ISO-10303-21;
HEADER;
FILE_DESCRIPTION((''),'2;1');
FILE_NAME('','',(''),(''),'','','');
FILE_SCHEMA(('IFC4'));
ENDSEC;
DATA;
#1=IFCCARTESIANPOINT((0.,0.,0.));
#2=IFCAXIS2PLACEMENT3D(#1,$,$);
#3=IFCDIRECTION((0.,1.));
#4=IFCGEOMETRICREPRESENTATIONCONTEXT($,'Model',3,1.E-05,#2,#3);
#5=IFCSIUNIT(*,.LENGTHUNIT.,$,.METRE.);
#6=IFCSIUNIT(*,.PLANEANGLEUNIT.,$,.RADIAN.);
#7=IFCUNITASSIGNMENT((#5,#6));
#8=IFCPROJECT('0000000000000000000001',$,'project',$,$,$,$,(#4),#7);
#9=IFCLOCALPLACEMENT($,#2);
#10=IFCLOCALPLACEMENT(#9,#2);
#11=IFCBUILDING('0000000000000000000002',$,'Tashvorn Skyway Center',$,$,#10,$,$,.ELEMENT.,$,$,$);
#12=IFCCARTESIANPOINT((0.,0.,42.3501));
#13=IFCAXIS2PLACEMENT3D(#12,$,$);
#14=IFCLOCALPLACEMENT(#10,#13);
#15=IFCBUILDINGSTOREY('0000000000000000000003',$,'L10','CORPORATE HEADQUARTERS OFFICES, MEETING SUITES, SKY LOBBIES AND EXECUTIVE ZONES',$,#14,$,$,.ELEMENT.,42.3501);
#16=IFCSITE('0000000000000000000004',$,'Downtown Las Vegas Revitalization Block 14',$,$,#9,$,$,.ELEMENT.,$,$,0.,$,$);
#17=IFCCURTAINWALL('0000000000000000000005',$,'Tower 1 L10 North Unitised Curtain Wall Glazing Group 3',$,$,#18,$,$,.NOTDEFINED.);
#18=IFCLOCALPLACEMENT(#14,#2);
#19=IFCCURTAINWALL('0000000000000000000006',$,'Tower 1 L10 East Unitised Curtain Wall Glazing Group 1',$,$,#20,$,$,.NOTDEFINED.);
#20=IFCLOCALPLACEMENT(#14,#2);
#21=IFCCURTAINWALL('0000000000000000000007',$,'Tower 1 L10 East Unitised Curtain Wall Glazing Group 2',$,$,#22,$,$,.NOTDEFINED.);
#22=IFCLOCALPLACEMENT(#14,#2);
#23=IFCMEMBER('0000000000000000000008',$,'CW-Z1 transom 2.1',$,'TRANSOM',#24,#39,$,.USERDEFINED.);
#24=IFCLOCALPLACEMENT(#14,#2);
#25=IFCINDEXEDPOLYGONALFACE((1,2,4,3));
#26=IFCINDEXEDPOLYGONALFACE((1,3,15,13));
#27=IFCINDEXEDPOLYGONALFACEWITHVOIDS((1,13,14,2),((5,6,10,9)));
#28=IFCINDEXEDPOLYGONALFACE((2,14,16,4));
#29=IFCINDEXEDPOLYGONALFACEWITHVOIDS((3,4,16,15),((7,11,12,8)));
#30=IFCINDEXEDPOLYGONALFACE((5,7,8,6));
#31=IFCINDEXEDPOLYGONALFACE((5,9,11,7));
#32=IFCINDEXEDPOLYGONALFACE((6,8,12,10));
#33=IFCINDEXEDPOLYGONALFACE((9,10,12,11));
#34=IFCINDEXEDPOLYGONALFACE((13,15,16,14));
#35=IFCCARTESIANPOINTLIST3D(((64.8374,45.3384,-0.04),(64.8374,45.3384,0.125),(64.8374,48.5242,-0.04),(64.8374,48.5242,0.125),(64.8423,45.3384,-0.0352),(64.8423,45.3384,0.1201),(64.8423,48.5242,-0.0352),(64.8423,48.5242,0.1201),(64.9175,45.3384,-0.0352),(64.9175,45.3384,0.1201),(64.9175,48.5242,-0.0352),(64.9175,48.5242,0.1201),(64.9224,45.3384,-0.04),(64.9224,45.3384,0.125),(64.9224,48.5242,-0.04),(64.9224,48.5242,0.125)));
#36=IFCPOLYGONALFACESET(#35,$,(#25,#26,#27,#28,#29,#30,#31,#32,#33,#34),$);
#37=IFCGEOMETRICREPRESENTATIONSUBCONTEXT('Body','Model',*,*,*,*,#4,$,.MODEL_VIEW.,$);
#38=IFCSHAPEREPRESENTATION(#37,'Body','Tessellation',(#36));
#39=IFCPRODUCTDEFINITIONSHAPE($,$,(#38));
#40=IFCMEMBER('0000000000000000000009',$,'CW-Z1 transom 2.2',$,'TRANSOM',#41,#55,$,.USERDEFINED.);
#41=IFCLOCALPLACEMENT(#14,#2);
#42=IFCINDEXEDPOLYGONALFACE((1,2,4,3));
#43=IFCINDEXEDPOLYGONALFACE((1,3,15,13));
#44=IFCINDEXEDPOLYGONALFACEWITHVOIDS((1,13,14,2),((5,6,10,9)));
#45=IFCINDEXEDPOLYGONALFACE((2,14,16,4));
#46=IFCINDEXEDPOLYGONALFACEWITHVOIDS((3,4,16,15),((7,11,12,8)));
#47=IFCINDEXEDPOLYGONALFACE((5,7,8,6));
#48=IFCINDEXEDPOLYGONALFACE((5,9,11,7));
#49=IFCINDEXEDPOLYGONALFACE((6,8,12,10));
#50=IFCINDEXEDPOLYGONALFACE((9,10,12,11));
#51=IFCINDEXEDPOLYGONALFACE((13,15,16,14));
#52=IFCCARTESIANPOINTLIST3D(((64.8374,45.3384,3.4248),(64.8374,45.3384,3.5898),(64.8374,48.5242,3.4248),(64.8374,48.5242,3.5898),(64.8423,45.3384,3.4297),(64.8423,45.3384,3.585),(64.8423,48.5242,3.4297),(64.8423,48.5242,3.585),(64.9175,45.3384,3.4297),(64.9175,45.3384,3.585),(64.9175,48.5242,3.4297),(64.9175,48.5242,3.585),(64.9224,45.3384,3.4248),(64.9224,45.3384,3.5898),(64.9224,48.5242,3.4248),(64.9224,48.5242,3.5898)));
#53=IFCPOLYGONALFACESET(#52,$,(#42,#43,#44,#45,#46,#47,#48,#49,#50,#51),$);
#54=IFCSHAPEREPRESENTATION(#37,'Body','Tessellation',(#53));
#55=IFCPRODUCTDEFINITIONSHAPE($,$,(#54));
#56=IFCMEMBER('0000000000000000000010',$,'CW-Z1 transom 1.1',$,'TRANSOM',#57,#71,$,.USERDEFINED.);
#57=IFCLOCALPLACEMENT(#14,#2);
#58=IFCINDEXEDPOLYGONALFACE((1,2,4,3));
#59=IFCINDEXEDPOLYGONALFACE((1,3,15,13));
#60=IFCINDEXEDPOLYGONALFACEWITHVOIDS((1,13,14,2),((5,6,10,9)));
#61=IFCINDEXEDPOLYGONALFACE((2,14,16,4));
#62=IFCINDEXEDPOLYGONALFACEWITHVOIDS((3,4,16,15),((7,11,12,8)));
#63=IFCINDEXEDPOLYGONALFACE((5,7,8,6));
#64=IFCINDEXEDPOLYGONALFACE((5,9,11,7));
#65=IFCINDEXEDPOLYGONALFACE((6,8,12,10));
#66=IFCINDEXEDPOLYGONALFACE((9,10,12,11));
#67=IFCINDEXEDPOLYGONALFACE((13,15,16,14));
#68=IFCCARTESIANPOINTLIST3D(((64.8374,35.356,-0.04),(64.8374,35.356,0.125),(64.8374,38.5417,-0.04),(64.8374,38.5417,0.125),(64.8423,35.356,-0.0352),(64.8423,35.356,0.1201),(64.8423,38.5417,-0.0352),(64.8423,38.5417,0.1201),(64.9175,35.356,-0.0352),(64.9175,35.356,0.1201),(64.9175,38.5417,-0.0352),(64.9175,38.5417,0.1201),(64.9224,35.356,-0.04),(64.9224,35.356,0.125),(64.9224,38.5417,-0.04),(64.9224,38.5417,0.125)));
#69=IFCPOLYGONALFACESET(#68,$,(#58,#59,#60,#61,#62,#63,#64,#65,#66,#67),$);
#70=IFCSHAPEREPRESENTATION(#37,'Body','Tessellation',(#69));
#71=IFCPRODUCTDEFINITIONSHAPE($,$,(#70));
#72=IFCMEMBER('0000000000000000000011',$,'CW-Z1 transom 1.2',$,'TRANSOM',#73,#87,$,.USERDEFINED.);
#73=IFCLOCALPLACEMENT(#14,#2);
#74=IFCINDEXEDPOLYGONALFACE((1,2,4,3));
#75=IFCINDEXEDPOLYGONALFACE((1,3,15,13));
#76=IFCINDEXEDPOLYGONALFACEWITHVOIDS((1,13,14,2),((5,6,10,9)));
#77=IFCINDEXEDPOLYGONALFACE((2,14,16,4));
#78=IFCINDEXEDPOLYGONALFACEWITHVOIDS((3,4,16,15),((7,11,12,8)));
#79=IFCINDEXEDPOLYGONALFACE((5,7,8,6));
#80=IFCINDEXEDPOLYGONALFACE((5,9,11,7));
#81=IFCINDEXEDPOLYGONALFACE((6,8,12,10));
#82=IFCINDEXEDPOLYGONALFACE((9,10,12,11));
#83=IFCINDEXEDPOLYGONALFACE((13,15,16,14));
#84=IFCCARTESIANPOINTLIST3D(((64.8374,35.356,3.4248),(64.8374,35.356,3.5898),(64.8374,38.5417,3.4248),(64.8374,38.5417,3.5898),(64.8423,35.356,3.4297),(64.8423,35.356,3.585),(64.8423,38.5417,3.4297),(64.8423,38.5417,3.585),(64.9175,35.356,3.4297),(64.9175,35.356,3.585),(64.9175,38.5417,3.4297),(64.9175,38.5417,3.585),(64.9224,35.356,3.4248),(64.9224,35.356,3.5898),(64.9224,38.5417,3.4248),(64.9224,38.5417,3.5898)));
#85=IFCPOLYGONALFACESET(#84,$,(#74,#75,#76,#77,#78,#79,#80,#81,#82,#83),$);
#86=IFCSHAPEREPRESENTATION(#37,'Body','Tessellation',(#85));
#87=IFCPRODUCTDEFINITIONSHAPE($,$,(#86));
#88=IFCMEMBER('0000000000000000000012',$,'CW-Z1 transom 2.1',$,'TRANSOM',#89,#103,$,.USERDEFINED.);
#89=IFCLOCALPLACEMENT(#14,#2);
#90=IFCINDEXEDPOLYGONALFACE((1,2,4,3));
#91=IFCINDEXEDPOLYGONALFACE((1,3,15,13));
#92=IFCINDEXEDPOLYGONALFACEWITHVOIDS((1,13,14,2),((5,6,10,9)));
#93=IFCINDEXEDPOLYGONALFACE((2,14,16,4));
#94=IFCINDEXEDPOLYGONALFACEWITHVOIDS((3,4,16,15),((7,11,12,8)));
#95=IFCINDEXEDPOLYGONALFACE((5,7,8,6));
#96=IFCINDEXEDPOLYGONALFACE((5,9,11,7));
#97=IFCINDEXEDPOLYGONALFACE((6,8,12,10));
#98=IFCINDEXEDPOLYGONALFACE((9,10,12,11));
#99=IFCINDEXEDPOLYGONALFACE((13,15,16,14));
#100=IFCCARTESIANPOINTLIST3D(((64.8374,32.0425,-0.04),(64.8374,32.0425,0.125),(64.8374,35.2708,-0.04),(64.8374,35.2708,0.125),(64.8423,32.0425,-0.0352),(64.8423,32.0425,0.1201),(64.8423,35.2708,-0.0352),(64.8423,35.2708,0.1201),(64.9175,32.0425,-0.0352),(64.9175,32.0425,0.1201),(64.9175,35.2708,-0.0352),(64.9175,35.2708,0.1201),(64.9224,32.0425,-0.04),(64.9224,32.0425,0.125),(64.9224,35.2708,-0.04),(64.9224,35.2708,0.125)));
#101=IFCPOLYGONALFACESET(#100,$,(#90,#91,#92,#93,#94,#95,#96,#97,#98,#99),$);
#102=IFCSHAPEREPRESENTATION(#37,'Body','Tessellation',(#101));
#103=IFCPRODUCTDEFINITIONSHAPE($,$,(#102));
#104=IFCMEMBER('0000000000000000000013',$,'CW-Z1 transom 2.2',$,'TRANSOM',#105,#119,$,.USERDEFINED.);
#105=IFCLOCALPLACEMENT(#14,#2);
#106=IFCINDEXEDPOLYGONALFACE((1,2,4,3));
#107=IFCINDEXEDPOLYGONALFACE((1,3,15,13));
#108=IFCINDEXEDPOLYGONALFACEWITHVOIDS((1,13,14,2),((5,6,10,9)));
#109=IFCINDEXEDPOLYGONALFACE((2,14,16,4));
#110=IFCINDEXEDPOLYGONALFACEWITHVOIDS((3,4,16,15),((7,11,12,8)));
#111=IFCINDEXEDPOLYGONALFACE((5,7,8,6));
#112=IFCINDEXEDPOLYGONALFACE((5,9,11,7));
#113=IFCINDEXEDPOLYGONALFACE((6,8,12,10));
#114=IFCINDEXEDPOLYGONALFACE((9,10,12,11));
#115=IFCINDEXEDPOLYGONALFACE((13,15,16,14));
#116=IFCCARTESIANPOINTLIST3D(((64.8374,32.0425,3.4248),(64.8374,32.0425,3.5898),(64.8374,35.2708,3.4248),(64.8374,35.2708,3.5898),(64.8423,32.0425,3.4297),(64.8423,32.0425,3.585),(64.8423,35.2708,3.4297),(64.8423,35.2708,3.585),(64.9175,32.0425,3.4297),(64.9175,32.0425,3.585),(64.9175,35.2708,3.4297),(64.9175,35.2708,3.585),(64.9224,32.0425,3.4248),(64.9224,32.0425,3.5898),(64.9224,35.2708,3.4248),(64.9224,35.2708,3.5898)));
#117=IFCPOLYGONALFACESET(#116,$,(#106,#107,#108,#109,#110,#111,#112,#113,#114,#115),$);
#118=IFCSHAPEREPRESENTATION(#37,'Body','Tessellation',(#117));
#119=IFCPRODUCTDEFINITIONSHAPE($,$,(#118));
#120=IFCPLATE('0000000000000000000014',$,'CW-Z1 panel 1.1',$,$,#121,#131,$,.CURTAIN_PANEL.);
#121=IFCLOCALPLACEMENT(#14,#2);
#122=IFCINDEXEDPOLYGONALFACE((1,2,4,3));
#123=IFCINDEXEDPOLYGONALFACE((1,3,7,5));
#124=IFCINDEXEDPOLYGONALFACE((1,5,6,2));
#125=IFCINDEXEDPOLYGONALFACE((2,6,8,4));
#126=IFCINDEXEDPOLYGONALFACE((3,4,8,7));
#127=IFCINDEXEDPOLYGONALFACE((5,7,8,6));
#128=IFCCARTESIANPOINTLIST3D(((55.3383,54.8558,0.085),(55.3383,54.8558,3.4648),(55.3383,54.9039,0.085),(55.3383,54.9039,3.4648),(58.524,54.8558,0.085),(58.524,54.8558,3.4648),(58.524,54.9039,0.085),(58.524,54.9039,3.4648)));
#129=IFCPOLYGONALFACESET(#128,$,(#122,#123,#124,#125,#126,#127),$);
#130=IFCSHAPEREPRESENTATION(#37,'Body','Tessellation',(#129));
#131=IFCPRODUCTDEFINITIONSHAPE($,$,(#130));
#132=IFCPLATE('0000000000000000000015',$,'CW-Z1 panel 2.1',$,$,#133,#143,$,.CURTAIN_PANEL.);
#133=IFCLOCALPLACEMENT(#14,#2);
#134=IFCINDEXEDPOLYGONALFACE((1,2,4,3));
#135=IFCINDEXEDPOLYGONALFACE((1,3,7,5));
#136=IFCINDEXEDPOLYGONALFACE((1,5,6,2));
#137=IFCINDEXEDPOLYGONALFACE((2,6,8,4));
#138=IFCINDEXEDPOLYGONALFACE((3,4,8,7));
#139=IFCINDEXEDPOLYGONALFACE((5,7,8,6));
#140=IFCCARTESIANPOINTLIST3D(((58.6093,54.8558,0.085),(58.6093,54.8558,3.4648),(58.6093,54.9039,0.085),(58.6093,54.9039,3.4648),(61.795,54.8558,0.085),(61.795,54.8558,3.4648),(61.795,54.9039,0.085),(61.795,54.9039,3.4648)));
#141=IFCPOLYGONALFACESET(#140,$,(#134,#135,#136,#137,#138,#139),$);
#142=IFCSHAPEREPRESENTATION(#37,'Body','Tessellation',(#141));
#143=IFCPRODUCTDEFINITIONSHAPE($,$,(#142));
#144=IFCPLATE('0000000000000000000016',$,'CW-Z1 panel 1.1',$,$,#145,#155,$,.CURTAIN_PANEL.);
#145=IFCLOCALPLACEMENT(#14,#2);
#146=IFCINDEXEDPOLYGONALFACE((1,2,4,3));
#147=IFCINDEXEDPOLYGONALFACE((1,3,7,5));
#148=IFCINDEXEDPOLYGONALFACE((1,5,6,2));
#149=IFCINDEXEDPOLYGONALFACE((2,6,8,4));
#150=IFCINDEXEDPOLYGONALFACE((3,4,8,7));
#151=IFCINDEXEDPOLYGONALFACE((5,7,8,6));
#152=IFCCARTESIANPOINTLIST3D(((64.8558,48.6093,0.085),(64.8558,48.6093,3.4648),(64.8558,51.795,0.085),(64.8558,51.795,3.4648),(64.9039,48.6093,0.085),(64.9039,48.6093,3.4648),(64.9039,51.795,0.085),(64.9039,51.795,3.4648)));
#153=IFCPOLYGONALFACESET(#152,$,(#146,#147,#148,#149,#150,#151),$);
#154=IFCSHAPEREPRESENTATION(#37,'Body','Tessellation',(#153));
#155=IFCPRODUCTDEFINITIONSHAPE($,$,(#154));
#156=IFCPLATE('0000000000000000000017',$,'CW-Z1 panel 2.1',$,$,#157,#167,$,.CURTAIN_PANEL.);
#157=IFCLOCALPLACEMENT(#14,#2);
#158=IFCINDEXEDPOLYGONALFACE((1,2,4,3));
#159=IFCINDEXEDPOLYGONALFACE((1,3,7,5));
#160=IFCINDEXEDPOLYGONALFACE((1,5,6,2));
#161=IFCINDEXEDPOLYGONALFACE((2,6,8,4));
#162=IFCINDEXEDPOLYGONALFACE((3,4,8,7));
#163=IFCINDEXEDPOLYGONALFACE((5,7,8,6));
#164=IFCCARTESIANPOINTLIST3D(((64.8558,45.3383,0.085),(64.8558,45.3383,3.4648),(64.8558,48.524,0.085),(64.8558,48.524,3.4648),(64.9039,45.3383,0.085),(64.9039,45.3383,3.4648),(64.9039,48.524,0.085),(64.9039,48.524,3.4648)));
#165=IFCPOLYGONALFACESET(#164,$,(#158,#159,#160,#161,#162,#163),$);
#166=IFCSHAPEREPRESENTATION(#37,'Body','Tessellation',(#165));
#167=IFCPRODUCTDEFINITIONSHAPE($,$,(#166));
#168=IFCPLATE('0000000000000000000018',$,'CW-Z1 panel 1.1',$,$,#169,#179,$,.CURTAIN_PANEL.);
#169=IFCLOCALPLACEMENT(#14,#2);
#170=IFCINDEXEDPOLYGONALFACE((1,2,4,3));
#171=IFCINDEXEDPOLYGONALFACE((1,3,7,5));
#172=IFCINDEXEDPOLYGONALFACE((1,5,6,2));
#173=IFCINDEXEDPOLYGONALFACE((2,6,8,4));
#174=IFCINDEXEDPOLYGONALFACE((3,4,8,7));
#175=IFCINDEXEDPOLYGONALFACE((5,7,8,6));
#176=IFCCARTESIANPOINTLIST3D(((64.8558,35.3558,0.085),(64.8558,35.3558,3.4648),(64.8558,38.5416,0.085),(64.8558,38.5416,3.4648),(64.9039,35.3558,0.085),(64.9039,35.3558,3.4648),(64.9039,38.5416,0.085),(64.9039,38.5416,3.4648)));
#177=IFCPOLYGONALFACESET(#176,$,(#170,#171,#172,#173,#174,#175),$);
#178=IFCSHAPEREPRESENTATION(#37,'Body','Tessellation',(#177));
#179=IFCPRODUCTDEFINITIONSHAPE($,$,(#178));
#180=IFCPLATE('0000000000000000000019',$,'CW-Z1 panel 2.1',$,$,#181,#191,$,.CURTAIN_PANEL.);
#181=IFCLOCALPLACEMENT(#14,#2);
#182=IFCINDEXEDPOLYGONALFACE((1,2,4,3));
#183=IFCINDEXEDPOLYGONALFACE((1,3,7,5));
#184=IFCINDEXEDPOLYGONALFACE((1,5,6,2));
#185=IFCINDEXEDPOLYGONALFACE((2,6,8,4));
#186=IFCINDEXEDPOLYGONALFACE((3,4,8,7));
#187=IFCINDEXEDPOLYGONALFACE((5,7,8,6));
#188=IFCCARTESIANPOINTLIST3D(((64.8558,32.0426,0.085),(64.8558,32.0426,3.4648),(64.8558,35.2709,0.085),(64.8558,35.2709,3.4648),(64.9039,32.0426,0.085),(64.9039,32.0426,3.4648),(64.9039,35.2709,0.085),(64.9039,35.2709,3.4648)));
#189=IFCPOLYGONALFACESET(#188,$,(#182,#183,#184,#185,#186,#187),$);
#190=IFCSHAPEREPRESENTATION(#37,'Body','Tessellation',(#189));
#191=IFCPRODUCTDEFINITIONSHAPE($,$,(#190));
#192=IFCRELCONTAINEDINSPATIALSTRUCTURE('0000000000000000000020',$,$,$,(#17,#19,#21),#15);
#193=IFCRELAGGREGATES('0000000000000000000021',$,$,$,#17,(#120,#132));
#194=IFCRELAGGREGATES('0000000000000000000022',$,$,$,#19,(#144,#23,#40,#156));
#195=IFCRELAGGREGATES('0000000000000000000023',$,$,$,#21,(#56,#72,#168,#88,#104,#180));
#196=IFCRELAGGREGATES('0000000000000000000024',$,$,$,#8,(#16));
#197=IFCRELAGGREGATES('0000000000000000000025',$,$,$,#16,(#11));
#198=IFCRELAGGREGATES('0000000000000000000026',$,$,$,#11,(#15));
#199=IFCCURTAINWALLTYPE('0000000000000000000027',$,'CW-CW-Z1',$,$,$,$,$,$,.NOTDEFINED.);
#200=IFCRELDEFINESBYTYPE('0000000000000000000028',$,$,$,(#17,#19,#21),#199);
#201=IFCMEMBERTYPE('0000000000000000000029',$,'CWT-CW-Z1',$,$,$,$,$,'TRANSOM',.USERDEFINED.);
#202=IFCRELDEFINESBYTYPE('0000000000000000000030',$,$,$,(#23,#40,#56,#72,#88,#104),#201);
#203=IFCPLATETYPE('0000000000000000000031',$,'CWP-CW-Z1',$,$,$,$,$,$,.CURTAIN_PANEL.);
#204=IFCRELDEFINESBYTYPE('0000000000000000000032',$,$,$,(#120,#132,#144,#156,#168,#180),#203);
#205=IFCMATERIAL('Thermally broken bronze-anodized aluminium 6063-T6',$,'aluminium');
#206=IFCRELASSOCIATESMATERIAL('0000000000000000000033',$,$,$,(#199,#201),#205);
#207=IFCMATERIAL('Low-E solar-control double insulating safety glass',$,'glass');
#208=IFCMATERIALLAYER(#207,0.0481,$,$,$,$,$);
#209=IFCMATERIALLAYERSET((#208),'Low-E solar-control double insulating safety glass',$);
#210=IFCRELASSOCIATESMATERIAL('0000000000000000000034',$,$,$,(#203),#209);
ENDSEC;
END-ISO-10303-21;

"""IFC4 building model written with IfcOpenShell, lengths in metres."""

from ifc_helpers import new_model, si_unit, direction, frame, origin, origin_2d, place, context, subcontext, project, spatial, rectangle, hollow_rectangle, extrude, material, layer, layer_set, material_profile, profile_set, type_object, element, aggregate, save


model = new_model("IFC4")

# Units and contexts
model_context = context("Model", 3, precision=1e-05, world=origin(), true_north=direction((0.0, 1.0)))
body_context = subcontext(model_context, "Body", "Model", "MODEL_VIEW")
ifc_project = project(units=[si_unit("LENGTHUNIT", "METRE"), si_unit("PLANEANGLEUNIT", "RADIAN")], contexts=[model_context])

# Site, building, storey
site_placement = place(None, origin())
site = spatial("IfcSite", under=ifc_project, at=site_placement, Name="Downtown Las Vegas Revitalization Block 14", CompositionType="ELEMENT", RefElevation=0.0)
building_placement = place(site_placement, origin())
building = spatial("IfcBuilding", under=site, at=building_placement, Name="Tashvorn Skyway Center", CompositionType="ELEMENT")
storey_placement = place(building_placement, frame((0.0, 0.0, 42.3501)))
storey = spatial("IfcBuildingStorey", under=building, at=storey_placement, Name="L10", Description="CORPORATE HEADQUARTERS OFFICES, MEETING SUITES, SKY LOBBIES AND EXECUTIVE ZONES", CompositionType="ELEMENT", Elevation=42.3501)

# Curtain walls
ifc_material_1 = material(Name="Thermally broken bronze-anodized aluminium 6063-T6", Category="aluminium")
curtain_wall_type = type_object("IfcCurtainWallType", Name="CW-CW-Z1", PredefinedType="NOTDEFINED", material=ifc_material_1)
curtain_wall_1_placement = place(storey_placement, origin())
curtain_wall_1 = element("IfcCurtainWall", 1, at=curtain_wall_1_placement, inside=storey, type_object=curtain_wall_type, Name="Tower 1 L10 North Unitised Curtain Wall Glazing Group 3", PredefinedType="NOTDEFINED")
curtain_wall_2_placement = place(storey_placement, origin())
curtain_wall_2 = element("IfcCurtainWall", 2, at=curtain_wall_2_placement, inside=storey, type_object=curtain_wall_type, Name="Tower 1 L10 East Unitised Curtain Wall Glazing Group 1", PredefinedType="NOTDEFINED")
curtain_wall_3_placement = place(storey_placement, origin())
curtain_wall_3 = element("IfcCurtainWall", 3, at=curtain_wall_3_placement, inside=storey, type_object=curtain_wall_type, Name="Tower 1 L10 East Unitised Curtain Wall Glazing Group 2", PredefinedType="NOTDEFINED")

# Members
ifc_material_profile_1 = material_profile(ifc_material_1, hollow_rectangle(XDim=0.085, YDim=0.165, WallThickness=0.0049, at=origin_2d()), Name="ALU-TRAN-85x165")
ifc_profile_set_1 = profile_set([ifc_material_profile_1], Name="Thermally broken bronze-anodized aluminium 6063-T6")
member_type_1 = type_object("IfcMemberType", Name="CWT-CW-Z1", ElementType="TRANSOM", PredefinedType="USERDEFINED", material=ifc_profile_set_1)
member_1_placement = place(storey_placement, frame((64.8799, 48.5242, 0.0425), z_axis=(0.0, -1.0, 0.0), x_axis=(1.0, 0.0, 0.0)))
member_1 = element("IfcMember", 4, at=member_1_placement, type_object=member_type_1, Name="CW-Z1 transom 2.1", ObjectType="TRANSOM", PredefinedType="USERDEFINED", context=body_context, shape_type="SweptSolid", body=[
    extrude(hollow_rectangle(XDim=0.085, YDim=0.165, WallThickness=0.0049, at=origin_2d()), origin(), (0.0, 0.0, 1.0), 3.1858),
])
member_2_placement = place(storey_placement, frame((64.8799, 48.5242, 3.5073), z_axis=(0.0, -1.0, 0.0), x_axis=(1.0, 0.0, 0.0)))
member_2 = element("IfcMember", 5, at=member_2_placement, type_object=member_type_1, Name="CW-Z1 transom 2.2", ObjectType="TRANSOM", PredefinedType="USERDEFINED", context=body_context, shape_type="SweptSolid", body=[
    extrude(hollow_rectangle(XDim=0.085, YDim=0.165, WallThickness=0.0049, at=origin_2d()), origin(), (0.0, 0.0, 1.0), 3.1858),
])
member_3_placement = place(storey_placement, frame((64.8799, 38.5417, 0.0425), z_axis=(0.0, -1.0, 0.0), x_axis=(1.0, 0.0, 0.0)))
member_3 = element("IfcMember", 6, at=member_3_placement, type_object=member_type_1, Name="CW-Z1 transom 1.1", ObjectType="TRANSOM", PredefinedType="USERDEFINED", context=body_context, shape_type="SweptSolid", body=[
    extrude(hollow_rectangle(XDim=0.085, YDim=0.165, WallThickness=0.0049, at=origin_2d()), origin(), (0.0, 0.0, 1.0), 3.1858),
])
member_4_placement = place(storey_placement, frame((64.8799, 38.5417, 3.5073), z_axis=(0.0, -1.0, 0.0), x_axis=(1.0, 0.0, 0.0)))
member_4 = element("IfcMember", 7, at=member_4_placement, type_object=member_type_1, Name="CW-Z1 transom 1.2", ObjectType="TRANSOM", PredefinedType="USERDEFINED", context=body_context, shape_type="SweptSolid", body=[
    extrude(hollow_rectangle(XDim=0.085, YDim=0.165, WallThickness=0.0049, at=origin_2d()), origin(), (0.0, 0.0, 1.0), 3.1858),
])
member_5_placement = place(storey_placement, frame((64.8799, 35.2708, 0.0425), z_axis=(0.0, -1.0, 0.0), x_axis=(1.0, 0.0, 0.0)))
member_5 = element("IfcMember", 8, at=member_5_placement, type_object=member_type_1, Name="CW-Z1 transom 2.1", ObjectType="TRANSOM", PredefinedType="USERDEFINED", context=body_context, shape_type="SweptSolid", body=[
    extrude(hollow_rectangle(XDim=0.085, YDim=0.165, WallThickness=0.0049, at=origin_2d()), origin(), (0.0, 0.0, 1.0), 3.2283),
])
member_6_placement = place(storey_placement, frame((64.8799, 35.2708, 3.5073), z_axis=(0.0, -1.0, 0.0), x_axis=(1.0, 0.0, 0.0)))
member_6 = element("IfcMember", 9, at=member_6_placement, type_object=member_type_1, Name="CW-Z1 transom 2.2", ObjectType="TRANSOM", PredefinedType="USERDEFINED", context=body_context, shape_type="SweptSolid", body=[
    extrude(hollow_rectangle(XDim=0.085, YDim=0.165, WallThickness=0.0049, at=origin_2d()), origin(), (0.0, 0.0, 1.0), 3.2283),
])

# Plates
ifc_material_2 = material(Name="Low-E solar-control double insulating safety glass", Category="glass")
ifc_layer_1 = layer(ifc_material_2, 0.0481)
ifc_layer_set_1 = layer_set([ifc_layer_1], Name="Low-E solar-control double insulating safety glass")
plate_type = type_object("IfcPlateType", Name="CWP-CW-Z1", PredefinedType="CURTAIN_PANEL", material=ifc_layer_set_1)
plate_1_placement = place(storey_placement, frame((56.9312, 54.8799, 0.085), z_axis=(0.0, 0.0, 1.0), x_axis=(1.0, 0.0, 0.0)))
plate_1 = element("IfcPlate", 10, at=plate_1_placement, type_object=plate_type, Name="CW-Z1 panel 1.1", PredefinedType="CURTAIN_PANEL", context=body_context, shape_type="SweptSolid", body=[
    extrude(rectangle(XDim=3.1858, YDim=0.0481, at=origin_2d()), origin(), (0.0, 0.0, 1.0), 3.3799),
])
plate_2_placement = place(storey_placement, frame((60.2021, 54.8799, 0.085), z_axis=(0.0, 0.0, 1.0), x_axis=(1.0, 0.0, 0.0)))
plate_2 = element("IfcPlate", 11, at=plate_2_placement, type_object=plate_type, Name="CW-Z1 panel 2.1", PredefinedType="CURTAIN_PANEL", context=body_context, shape_type="SweptSolid", body=[
    extrude(rectangle(XDim=3.1858, YDim=0.0481, at=origin_2d()), origin(), (0.0, 0.0, 1.0), 3.3799),
])
aggregate(curtain_wall_1, [plate_1, plate_2])
plate_3_placement = place(storey_placement, frame((64.8799, 50.2021, 0.085), z_axis=(0.0, 0.0, 1.0), x_axis=(0.0, -1.0, 0.0)))
plate_3 = element("IfcPlate", 12, at=plate_3_placement, type_object=plate_type, Name="CW-Z1 panel 1.1", PredefinedType="CURTAIN_PANEL", context=body_context, shape_type="SweptSolid", body=[
    extrude(rectangle(XDim=3.1858, YDim=0.0481, at=origin_2d()), origin(), (0.0, 0.0, 1.0), 3.3799),
])
plate_4_placement = place(storey_placement, frame((64.8799, 46.9312, 0.085), z_axis=(0.0, 0.0, 1.0), x_axis=(0.0, -1.0, 0.0)))
plate_4 = element("IfcPlate", 13, at=plate_4_placement, type_object=plate_type, Name="CW-Z1 panel 2.1", PredefinedType="CURTAIN_PANEL", context=body_context, shape_type="SweptSolid", body=[
    extrude(rectangle(XDim=3.1858, YDim=0.0481, at=origin_2d()), origin(), (0.0, 0.0, 1.0), 3.3799),
])
aggregate(curtain_wall_2, [plate_3, member_1, member_2, plate_4])
plate_5_placement = place(storey_placement, frame((64.8799, 36.9487, 0.085), z_axis=(0.0, 0.0, 1.0), x_axis=(0.0, -1.0, 0.0)))
plate_5 = element("IfcPlate", 14, at=plate_5_placement, type_object=plate_type, Name="CW-Z1 panel 1.1", PredefinedType="CURTAIN_PANEL", context=body_context, shape_type="SweptSolid", body=[
    extrude(rectangle(XDim=3.1858, YDim=0.0481, at=origin_2d()), origin(), (0.0, 0.0, 1.0), 3.3799),
])
plate_6_placement = place(storey_placement, frame((64.8799, 33.6567, 0.085), z_axis=(0.0, 0.0, 1.0), x_axis=(0.0, -1.0, 0.0)))
plate_6 = element("IfcPlate", 15, at=plate_6_placement, type_object=plate_type, Name="CW-Z1 panel 2.1", PredefinedType="CURTAIN_PANEL", context=body_context, shape_type="SweptSolid", body=[
    extrude(rectangle(XDim=3.2283, YDim=0.0481, at=origin_2d()), origin(), (0.0, 0.0, 1.0), 3.3799),
])
aggregate(curtain_wall_3, [member_3, member_4, plate_5, member_5, member_6, plate_6])

save(model, "model.ifc")
